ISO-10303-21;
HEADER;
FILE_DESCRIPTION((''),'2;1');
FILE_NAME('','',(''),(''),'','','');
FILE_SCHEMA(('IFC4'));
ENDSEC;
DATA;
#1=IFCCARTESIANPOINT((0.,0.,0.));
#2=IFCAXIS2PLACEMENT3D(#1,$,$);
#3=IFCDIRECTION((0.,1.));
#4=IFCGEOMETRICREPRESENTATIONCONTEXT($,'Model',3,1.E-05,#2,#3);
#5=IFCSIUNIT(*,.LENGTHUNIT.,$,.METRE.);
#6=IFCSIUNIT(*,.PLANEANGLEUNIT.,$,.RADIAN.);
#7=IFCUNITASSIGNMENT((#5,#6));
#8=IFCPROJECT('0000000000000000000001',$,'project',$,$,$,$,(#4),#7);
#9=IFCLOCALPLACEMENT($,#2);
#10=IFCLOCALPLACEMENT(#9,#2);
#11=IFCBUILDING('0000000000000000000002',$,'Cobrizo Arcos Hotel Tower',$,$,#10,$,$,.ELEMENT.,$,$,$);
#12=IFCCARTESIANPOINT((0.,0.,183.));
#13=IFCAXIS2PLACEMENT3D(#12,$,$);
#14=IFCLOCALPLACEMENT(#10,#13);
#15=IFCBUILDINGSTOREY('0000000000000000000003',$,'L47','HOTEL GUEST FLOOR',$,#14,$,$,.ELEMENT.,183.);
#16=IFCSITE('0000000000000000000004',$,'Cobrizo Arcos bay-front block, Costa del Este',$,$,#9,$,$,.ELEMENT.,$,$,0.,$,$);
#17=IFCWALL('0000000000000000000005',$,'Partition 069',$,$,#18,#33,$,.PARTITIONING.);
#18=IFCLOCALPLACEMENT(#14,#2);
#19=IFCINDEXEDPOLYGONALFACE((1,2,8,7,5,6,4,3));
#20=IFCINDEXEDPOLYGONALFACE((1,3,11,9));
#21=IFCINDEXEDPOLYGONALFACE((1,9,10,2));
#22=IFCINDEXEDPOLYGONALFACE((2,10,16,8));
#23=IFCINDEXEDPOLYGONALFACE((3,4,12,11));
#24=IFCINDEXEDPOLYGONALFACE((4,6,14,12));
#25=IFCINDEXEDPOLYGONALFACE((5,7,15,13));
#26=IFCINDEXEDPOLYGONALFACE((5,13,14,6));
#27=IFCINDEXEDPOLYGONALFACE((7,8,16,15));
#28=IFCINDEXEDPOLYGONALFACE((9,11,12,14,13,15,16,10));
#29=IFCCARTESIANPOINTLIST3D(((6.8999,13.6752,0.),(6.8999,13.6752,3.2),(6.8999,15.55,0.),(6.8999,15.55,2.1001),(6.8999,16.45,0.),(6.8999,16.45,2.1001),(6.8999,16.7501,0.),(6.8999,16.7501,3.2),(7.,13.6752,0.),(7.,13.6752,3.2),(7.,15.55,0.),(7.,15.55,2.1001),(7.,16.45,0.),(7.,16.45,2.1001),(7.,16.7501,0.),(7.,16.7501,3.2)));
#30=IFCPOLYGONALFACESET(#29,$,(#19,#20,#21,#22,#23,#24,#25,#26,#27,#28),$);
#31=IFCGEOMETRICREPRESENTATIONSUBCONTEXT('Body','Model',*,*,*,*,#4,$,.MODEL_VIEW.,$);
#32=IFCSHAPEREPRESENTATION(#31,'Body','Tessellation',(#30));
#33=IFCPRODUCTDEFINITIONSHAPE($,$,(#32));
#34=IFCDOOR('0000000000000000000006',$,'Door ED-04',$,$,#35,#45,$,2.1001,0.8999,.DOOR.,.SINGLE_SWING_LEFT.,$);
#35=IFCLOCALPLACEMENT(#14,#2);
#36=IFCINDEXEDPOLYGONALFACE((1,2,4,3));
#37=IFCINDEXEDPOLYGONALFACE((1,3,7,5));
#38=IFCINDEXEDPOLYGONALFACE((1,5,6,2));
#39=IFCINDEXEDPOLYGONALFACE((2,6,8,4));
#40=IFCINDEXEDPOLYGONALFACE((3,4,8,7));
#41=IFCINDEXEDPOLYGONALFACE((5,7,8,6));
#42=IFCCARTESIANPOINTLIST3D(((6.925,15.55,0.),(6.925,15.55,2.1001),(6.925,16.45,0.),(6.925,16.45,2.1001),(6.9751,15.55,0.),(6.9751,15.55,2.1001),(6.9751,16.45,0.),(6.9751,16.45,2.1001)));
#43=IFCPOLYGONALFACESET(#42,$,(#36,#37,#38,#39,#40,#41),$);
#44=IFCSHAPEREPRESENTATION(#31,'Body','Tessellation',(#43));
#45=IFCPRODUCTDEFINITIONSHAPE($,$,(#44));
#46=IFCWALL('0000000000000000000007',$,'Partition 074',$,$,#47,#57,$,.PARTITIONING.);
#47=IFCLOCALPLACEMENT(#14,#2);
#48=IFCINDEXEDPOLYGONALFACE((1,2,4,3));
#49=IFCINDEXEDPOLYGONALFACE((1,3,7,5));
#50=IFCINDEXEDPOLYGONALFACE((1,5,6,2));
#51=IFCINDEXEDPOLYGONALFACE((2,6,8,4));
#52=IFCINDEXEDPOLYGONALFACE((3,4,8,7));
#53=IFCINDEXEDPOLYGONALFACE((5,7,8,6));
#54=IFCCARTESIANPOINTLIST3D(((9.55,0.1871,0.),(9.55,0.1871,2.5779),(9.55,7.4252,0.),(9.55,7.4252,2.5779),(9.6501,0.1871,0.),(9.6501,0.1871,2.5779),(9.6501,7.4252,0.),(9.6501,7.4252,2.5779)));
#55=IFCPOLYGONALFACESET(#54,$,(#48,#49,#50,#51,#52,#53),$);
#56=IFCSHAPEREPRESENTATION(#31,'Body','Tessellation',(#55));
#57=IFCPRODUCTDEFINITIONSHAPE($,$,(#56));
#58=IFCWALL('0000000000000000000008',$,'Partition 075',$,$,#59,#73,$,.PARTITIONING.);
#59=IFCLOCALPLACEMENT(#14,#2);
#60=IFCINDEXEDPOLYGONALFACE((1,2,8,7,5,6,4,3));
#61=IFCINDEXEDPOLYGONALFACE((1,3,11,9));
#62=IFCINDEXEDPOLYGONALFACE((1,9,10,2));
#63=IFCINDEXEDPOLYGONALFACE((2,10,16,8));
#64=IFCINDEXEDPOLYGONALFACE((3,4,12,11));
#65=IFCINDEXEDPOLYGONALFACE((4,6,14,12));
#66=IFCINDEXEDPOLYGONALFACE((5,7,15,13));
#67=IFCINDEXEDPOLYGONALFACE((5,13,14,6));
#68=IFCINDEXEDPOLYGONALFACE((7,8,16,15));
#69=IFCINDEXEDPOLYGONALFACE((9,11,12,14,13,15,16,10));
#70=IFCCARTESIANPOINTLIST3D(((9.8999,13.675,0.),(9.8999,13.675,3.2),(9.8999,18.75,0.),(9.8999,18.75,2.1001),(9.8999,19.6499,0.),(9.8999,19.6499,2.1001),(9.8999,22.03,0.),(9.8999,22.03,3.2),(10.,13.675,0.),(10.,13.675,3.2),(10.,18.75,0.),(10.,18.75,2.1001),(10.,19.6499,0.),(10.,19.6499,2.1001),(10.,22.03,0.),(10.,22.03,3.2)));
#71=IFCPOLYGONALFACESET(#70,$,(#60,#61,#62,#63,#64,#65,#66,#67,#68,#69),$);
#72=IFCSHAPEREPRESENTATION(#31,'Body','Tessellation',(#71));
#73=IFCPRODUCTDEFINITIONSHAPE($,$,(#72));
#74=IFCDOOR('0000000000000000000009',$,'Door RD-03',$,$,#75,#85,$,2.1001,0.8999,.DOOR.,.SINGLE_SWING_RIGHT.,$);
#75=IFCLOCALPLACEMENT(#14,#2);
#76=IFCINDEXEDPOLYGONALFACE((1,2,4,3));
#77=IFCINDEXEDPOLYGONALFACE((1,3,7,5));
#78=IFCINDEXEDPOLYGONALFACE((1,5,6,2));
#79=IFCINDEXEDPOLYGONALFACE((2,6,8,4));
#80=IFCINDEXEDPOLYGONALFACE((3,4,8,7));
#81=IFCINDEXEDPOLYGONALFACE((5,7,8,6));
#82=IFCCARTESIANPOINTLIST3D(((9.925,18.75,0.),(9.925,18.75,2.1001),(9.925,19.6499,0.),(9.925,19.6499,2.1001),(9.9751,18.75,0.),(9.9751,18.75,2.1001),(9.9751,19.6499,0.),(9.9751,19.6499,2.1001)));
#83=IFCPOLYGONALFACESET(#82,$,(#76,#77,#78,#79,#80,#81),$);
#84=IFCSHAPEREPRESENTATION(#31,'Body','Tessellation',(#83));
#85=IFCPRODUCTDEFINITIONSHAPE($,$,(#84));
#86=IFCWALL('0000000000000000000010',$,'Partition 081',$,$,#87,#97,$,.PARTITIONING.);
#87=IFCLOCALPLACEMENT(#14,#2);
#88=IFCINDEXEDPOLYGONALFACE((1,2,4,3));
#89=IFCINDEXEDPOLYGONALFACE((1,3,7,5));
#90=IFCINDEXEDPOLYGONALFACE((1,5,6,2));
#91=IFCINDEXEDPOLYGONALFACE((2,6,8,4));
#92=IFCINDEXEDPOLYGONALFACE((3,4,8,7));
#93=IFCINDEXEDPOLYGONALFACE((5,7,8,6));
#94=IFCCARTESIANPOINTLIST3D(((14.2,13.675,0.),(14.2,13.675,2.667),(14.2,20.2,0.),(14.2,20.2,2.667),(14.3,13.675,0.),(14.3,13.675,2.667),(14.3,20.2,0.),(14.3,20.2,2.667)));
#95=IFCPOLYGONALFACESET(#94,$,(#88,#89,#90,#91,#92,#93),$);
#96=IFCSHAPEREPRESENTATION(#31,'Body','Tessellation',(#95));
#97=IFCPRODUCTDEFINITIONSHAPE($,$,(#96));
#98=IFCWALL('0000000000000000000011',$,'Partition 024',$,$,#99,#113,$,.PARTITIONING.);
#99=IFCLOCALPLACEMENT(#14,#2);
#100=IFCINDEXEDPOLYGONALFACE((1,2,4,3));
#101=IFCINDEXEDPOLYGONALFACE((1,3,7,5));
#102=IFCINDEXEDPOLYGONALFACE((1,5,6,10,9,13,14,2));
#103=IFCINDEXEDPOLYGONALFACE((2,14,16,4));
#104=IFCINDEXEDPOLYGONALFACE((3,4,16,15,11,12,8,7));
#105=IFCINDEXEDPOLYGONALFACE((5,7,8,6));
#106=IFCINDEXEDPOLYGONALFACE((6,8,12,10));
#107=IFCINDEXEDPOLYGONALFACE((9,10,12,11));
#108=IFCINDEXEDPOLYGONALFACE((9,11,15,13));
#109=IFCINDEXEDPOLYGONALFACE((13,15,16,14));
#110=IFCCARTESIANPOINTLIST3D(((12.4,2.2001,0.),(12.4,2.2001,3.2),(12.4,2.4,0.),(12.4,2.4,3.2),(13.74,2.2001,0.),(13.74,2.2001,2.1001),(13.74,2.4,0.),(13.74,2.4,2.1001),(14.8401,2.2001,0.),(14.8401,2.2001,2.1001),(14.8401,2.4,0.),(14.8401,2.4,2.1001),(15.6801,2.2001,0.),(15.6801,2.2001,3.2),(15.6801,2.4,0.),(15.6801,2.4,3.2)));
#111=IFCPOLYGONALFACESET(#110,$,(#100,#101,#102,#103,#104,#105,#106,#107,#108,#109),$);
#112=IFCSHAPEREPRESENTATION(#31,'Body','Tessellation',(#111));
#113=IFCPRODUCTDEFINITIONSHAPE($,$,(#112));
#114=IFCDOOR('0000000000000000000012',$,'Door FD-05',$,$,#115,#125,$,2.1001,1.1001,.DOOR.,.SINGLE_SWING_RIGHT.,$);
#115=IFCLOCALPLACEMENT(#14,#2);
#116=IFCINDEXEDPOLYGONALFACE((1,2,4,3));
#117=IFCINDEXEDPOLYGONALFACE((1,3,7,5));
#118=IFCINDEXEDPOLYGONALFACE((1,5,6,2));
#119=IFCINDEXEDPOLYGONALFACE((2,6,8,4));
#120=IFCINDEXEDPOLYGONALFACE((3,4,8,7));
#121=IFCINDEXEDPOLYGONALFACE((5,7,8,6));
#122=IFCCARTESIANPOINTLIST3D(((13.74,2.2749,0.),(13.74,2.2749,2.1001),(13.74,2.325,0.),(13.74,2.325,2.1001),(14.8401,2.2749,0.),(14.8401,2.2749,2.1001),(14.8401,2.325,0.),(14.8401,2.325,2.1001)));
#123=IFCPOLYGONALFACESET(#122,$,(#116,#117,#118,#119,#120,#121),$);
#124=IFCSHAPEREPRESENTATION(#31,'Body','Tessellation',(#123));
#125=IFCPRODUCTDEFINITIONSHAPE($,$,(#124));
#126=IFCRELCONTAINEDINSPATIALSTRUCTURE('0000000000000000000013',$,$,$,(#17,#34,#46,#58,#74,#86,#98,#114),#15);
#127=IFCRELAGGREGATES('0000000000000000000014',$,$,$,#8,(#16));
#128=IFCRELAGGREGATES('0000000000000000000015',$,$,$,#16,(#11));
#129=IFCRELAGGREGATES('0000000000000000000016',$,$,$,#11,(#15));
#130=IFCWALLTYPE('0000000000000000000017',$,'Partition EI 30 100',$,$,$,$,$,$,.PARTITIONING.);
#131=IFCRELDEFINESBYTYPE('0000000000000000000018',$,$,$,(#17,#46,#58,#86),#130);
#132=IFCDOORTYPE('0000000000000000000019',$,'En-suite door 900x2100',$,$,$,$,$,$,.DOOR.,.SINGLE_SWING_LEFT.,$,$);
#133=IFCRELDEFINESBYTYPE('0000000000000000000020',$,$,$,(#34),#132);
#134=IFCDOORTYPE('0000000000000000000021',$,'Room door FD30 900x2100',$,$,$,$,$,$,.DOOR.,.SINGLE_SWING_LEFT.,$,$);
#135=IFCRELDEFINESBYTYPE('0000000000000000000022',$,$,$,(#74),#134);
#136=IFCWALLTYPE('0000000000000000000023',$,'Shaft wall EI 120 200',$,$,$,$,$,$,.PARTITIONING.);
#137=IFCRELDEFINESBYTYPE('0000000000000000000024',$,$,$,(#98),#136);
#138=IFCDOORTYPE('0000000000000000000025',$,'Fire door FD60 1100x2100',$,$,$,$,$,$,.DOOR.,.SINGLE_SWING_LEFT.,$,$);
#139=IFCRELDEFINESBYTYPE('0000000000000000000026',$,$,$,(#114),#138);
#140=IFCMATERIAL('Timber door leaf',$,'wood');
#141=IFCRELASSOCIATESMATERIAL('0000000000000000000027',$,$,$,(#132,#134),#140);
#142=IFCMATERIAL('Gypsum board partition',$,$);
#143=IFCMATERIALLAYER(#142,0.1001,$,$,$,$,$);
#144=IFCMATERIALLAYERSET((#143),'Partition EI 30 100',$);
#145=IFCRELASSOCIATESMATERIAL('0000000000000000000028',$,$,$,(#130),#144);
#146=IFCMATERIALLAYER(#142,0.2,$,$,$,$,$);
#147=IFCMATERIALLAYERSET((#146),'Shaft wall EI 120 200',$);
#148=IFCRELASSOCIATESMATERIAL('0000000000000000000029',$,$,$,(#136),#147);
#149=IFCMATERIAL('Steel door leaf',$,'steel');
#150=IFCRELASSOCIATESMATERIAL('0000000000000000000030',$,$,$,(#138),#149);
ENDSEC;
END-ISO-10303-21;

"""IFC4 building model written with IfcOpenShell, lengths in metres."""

from ifc_helpers import new_model, si_unit, direction, frame, frame_2d, origin, place, context, subcontext, project, spatial, rectangle, extrude, material, layer, layer_set, type_object, element, fill, save


model = new_model("IFC4")

# Units and contexts
model_context = context("Model", 3, precision=1e-05, world=origin(), true_north=direction((0.0, 1.0)))
body_context = subcontext(model_context, "Body", "Model", "MODEL_VIEW")
ifc_project = project(units=[si_unit("LENGTHUNIT", "METRE"), si_unit("PLANEANGLEUNIT", "RADIAN")], contexts=[model_context])

# Site, building, storey
site_placement = place(None, origin())
site = spatial("IfcSite", under=ifc_project, at=site_placement, Name="Cobrizo Arcos bay-front block, Costa del Este", CompositionType="ELEMENT", RefElevation=0.0)
building_placement = place(site_placement, origin())
building = spatial("IfcBuilding", under=site, at=building_placement, Name="Cobrizo Arcos Hotel Tower", CompositionType="ELEMENT")
storey_placement = place(building_placement, frame((0.0, 0.0, 183.0)))
storey = spatial("IfcBuildingStorey", under=building, at=storey_placement, Name="L47", Description="HOTEL GUEST FLOOR", CompositionType="ELEMENT", Elevation=183.0)

# Shared definitions
ifc_material_1 = material(Name="Gypsum board partition")

# Shared definitions
ifc_material_2 = material(Name="Timber door leaf", Category="wood")
door_type_1 = type_object("IfcDoorType", Name="En-suite door 900x2100", OperationType="SINGLE_SWING_LEFT", PredefinedType="DOOR", material=ifc_material_2)

# Shared definitions
ifc_layer_1 = layer(ifc_material_1, 0.1001)
ifc_layer_set_1 = layer_set([ifc_layer_1], Name="Partition EI 30 100")
wall_type_1 = type_object("IfcWallType", Name="Partition EI 30 100", PredefinedType="PARTITIONING", material=ifc_layer_set_1)

# Wall, opening, door
wall_1_placement = place(storey_placement, frame((6.95, 13.675, 0.0), z_axis=(0.0, 0.0, 1.0), x_axis=(0.0, 1.0, 0.0)))
wall_1 = element("IfcWall", 1, at=wall_1_placement, inside=storey, type_object=wall_type_1, Name="Partition 069", PredefinedType="PARTITIONING", context=body_context, shape_type="SweptSolid", body=[
    extrude(rectangle(XDim=3.075, YDim=0.1001, at=frame_2d((1.5376, 0.0))), origin(), (0.0, 0.0, 1.0), 3.2),
])
opening_1_placement = place(wall_1_placement, frame((1.875, 0.0, 0.0)))
opening_1 = element("IfcOpeningElement", 2, at=opening_1_placement, cuts=wall_1, PredefinedType="OPENING", context=body_context, shape_type="SweptSolid", body=[
    extrude(rectangle(XDim=0.8999, YDim=2.1001, at=frame_2d((0.45, 1.05))), frame((0.0, 0.062, 0.0), z_axis=(0.0, -1.0, 0.0), x_axis=(1.0, 0.0, 0.0)), (0.0, 0.0, 1.0), 0.124),
])
door_1_placement = place(opening_1_placement, origin())
door_1 = element("IfcDoor", 3, at=door_1_placement, inside=storey, type_object=door_type_1, Name="Door ED-04", OperationType="SINGLE_SWING_LEFT", OverallHeight=2.1001, OverallWidth=0.8999, PredefinedType="DOOR", context=body_context, shape_type="SweptSolid", body=[
    extrude(rectangle(XDim=0.8999, YDim=2.1001, at=frame_2d((0.45, 1.05))), frame((0.0, 0.0249, 0.0), z_axis=(0.0, -1.0, 0.0), x_axis=(1.0, 0.0, 0.0)), (0.0, 0.0, 1.0), 0.05),
])
fill(opening_1, door_1)

# Wall
wall_2_placement = place(storey_placement, frame((9.6001, 0.187, 0.0), z_axis=(0.0, 0.0, 1.0), x_axis=(0.0, 1.0, 0.0)))
element("IfcWall", 4, at=wall_2_placement, inside=storey, type_object=wall_type_1, Name="Partition 074", PredefinedType="PARTITIONING", context=body_context, shape_type="SweptSolid", body=[
    extrude(rectangle(XDim=7.238, YDim=0.1001, at=frame_2d((3.6191, 0.0))), origin(), (0.0, 0.0, 1.0), 2.5779),
])

# Wall, opening, door
wall_3_placement = place(storey_placement, frame((9.95, 13.675, 0.0), z_axis=(0.0, 0.0, 1.0), x_axis=(0.0, 1.0, 0.0)))
wall_3 = element("IfcWall", 5, at=wall_3_placement, inside=storey, type_object=wall_type_1, Name="Partition 075", PredefinedType="PARTITIONING", context=body_context, shape_type="SweptSolid", body=[
    extrude(rectangle(XDim=8.355, YDim=0.1001, at=frame_2d((4.1775, 0.0))), origin(), (0.0, 0.0, 1.0), 3.2),
])
opening_2_placement = place(wall_3_placement, frame((5.075, 0.0, 0.0)))
opening_2 = element("IfcOpeningElement", 6, at=opening_2_placement, cuts=wall_3, PredefinedType="OPENING", context=body_context, shape_type="SweptSolid", body=[
    extrude(rectangle(XDim=0.8999, YDim=2.1001, at=frame_2d((0.45, 1.05))), frame((0.0, 0.062, 0.0), z_axis=(0.0, -1.0, 0.0), x_axis=(1.0, 0.0, 0.0)), (0.0, 0.0, 1.0), 0.124),
])
door_type_2 = type_object("IfcDoorType", Name="Room door FD30 900x2100", OperationType="SINGLE_SWING_LEFT", PredefinedType="DOOR", material=ifc_material_2)
door_2_placement = place(opening_2_placement, origin())
door_2 = element("IfcDoor", 7, at=door_2_placement, inside=storey, type_object=door_type_2, Name="Door RD-03", OperationType="SINGLE_SWING_RIGHT", OverallHeight=2.1001, OverallWidth=0.8999, PredefinedType="DOOR", context=body_context, shape_type="SweptSolid", body=[
    extrude(rectangle(XDim=0.8999, YDim=2.1001, at=frame_2d((0.45, 1.05))), frame((0.0, 0.0249, 0.0), z_axis=(0.0, -1.0, 0.0), x_axis=(1.0, 0.0, 0.0)), (0.0, 0.0, 1.0), 0.05),
])
fill(opening_2, door_2)

# Wall
wall_4_placement = place(storey_placement, frame((14.25, 13.675, 0.0), z_axis=(0.0, 0.0, 1.0), x_axis=(0.0, 1.0, 0.0)))
element("IfcWall", 8, at=wall_4_placement, inside=storey, type_object=wall_type_1, Name="Partition 081", PredefinedType="PARTITIONING", context=body_context, shape_type="SweptSolid", body=[
    extrude(rectangle(XDim=6.5249, YDim=0.1001, at=frame_2d((3.2625, 0.0))), origin(), (0.0, 0.0, 1.0), 2.667),
])

# Wall, opening, door
ifc_layer_2 = layer(ifc_material_1, 0.2)
ifc_layer_set_2 = layer_set([ifc_layer_2], Name="Shaft wall EI 120 200")
wall_type_2 = type_object("IfcWallType", Name="Shaft wall EI 120 200", PredefinedType="PARTITIONING", material=ifc_layer_set_2)
wall_5_placement = place(storey_placement, frame((12.3999, 2.3, 0.0), z_axis=(0.0, 0.0, 1.0), x_axis=(1.0, 0.0, 0.0)))
wall_5 = element("IfcWall", 9, at=wall_5_placement, inside=storey, type_object=wall_type_2, Name="Partition 024", PredefinedType="PARTITIONING", context=body_context, shape_type="SweptSolid", body=[
    extrude(rectangle(XDim=3.28, YDim=0.2, at=frame_2d((1.6401, 0.0))), origin(), (0.0, 0.0, 1.0), 3.2),
])
opening_3_placement = place(wall_5_placement, frame((1.3401, 0.0, 0.0)))
opening_3 = element("IfcOpeningElement", 10, at=opening_3_placement, cuts=wall_5, PredefinedType="OPENING", context=body_context, shape_type="SweptSolid", body=[
    extrude(rectangle(XDim=1.1001, YDim=2.1001, at=frame_2d((0.55, 1.05))), frame((0.0, 0.1121, 0.0), z_axis=(0.0, -1.0, 0.0), x_axis=(1.0, 0.0, 0.0)), (0.0, 0.0, 1.0), 0.2239),
])
ifc_material_3 = material(Name="Steel door leaf", Category="steel")
door_type_3 = type_object("IfcDoorType", Name="Fire door FD60 1100x2100", OperationType="SINGLE_SWING_LEFT", PredefinedType="DOOR", material=ifc_material_3)
door_3_placement = place(opening_3_placement, origin())
door_3 = element("IfcDoor", 11, at=door_3_placement, inside=storey, type_object=door_type_3, Name="Door FD-05", OperationType="SINGLE_SWING_RIGHT", OverallHeight=2.1001, OverallWidth=1.1001, PredefinedType="DOOR", context=body_context, shape_type="SweptSolid", body=[
    extrude(rectangle(XDim=1.1001, YDim=2.1001, at=frame_2d((0.55, 1.05))), frame((0.0, 0.0249, 0.0), z_axis=(0.0, -1.0, 0.0), x_axis=(1.0, 0.0, 0.0)), (0.0, 0.0, 1.0), 0.05),
])
fill(opening_3, door_3)

save(model, "model.ifc")
